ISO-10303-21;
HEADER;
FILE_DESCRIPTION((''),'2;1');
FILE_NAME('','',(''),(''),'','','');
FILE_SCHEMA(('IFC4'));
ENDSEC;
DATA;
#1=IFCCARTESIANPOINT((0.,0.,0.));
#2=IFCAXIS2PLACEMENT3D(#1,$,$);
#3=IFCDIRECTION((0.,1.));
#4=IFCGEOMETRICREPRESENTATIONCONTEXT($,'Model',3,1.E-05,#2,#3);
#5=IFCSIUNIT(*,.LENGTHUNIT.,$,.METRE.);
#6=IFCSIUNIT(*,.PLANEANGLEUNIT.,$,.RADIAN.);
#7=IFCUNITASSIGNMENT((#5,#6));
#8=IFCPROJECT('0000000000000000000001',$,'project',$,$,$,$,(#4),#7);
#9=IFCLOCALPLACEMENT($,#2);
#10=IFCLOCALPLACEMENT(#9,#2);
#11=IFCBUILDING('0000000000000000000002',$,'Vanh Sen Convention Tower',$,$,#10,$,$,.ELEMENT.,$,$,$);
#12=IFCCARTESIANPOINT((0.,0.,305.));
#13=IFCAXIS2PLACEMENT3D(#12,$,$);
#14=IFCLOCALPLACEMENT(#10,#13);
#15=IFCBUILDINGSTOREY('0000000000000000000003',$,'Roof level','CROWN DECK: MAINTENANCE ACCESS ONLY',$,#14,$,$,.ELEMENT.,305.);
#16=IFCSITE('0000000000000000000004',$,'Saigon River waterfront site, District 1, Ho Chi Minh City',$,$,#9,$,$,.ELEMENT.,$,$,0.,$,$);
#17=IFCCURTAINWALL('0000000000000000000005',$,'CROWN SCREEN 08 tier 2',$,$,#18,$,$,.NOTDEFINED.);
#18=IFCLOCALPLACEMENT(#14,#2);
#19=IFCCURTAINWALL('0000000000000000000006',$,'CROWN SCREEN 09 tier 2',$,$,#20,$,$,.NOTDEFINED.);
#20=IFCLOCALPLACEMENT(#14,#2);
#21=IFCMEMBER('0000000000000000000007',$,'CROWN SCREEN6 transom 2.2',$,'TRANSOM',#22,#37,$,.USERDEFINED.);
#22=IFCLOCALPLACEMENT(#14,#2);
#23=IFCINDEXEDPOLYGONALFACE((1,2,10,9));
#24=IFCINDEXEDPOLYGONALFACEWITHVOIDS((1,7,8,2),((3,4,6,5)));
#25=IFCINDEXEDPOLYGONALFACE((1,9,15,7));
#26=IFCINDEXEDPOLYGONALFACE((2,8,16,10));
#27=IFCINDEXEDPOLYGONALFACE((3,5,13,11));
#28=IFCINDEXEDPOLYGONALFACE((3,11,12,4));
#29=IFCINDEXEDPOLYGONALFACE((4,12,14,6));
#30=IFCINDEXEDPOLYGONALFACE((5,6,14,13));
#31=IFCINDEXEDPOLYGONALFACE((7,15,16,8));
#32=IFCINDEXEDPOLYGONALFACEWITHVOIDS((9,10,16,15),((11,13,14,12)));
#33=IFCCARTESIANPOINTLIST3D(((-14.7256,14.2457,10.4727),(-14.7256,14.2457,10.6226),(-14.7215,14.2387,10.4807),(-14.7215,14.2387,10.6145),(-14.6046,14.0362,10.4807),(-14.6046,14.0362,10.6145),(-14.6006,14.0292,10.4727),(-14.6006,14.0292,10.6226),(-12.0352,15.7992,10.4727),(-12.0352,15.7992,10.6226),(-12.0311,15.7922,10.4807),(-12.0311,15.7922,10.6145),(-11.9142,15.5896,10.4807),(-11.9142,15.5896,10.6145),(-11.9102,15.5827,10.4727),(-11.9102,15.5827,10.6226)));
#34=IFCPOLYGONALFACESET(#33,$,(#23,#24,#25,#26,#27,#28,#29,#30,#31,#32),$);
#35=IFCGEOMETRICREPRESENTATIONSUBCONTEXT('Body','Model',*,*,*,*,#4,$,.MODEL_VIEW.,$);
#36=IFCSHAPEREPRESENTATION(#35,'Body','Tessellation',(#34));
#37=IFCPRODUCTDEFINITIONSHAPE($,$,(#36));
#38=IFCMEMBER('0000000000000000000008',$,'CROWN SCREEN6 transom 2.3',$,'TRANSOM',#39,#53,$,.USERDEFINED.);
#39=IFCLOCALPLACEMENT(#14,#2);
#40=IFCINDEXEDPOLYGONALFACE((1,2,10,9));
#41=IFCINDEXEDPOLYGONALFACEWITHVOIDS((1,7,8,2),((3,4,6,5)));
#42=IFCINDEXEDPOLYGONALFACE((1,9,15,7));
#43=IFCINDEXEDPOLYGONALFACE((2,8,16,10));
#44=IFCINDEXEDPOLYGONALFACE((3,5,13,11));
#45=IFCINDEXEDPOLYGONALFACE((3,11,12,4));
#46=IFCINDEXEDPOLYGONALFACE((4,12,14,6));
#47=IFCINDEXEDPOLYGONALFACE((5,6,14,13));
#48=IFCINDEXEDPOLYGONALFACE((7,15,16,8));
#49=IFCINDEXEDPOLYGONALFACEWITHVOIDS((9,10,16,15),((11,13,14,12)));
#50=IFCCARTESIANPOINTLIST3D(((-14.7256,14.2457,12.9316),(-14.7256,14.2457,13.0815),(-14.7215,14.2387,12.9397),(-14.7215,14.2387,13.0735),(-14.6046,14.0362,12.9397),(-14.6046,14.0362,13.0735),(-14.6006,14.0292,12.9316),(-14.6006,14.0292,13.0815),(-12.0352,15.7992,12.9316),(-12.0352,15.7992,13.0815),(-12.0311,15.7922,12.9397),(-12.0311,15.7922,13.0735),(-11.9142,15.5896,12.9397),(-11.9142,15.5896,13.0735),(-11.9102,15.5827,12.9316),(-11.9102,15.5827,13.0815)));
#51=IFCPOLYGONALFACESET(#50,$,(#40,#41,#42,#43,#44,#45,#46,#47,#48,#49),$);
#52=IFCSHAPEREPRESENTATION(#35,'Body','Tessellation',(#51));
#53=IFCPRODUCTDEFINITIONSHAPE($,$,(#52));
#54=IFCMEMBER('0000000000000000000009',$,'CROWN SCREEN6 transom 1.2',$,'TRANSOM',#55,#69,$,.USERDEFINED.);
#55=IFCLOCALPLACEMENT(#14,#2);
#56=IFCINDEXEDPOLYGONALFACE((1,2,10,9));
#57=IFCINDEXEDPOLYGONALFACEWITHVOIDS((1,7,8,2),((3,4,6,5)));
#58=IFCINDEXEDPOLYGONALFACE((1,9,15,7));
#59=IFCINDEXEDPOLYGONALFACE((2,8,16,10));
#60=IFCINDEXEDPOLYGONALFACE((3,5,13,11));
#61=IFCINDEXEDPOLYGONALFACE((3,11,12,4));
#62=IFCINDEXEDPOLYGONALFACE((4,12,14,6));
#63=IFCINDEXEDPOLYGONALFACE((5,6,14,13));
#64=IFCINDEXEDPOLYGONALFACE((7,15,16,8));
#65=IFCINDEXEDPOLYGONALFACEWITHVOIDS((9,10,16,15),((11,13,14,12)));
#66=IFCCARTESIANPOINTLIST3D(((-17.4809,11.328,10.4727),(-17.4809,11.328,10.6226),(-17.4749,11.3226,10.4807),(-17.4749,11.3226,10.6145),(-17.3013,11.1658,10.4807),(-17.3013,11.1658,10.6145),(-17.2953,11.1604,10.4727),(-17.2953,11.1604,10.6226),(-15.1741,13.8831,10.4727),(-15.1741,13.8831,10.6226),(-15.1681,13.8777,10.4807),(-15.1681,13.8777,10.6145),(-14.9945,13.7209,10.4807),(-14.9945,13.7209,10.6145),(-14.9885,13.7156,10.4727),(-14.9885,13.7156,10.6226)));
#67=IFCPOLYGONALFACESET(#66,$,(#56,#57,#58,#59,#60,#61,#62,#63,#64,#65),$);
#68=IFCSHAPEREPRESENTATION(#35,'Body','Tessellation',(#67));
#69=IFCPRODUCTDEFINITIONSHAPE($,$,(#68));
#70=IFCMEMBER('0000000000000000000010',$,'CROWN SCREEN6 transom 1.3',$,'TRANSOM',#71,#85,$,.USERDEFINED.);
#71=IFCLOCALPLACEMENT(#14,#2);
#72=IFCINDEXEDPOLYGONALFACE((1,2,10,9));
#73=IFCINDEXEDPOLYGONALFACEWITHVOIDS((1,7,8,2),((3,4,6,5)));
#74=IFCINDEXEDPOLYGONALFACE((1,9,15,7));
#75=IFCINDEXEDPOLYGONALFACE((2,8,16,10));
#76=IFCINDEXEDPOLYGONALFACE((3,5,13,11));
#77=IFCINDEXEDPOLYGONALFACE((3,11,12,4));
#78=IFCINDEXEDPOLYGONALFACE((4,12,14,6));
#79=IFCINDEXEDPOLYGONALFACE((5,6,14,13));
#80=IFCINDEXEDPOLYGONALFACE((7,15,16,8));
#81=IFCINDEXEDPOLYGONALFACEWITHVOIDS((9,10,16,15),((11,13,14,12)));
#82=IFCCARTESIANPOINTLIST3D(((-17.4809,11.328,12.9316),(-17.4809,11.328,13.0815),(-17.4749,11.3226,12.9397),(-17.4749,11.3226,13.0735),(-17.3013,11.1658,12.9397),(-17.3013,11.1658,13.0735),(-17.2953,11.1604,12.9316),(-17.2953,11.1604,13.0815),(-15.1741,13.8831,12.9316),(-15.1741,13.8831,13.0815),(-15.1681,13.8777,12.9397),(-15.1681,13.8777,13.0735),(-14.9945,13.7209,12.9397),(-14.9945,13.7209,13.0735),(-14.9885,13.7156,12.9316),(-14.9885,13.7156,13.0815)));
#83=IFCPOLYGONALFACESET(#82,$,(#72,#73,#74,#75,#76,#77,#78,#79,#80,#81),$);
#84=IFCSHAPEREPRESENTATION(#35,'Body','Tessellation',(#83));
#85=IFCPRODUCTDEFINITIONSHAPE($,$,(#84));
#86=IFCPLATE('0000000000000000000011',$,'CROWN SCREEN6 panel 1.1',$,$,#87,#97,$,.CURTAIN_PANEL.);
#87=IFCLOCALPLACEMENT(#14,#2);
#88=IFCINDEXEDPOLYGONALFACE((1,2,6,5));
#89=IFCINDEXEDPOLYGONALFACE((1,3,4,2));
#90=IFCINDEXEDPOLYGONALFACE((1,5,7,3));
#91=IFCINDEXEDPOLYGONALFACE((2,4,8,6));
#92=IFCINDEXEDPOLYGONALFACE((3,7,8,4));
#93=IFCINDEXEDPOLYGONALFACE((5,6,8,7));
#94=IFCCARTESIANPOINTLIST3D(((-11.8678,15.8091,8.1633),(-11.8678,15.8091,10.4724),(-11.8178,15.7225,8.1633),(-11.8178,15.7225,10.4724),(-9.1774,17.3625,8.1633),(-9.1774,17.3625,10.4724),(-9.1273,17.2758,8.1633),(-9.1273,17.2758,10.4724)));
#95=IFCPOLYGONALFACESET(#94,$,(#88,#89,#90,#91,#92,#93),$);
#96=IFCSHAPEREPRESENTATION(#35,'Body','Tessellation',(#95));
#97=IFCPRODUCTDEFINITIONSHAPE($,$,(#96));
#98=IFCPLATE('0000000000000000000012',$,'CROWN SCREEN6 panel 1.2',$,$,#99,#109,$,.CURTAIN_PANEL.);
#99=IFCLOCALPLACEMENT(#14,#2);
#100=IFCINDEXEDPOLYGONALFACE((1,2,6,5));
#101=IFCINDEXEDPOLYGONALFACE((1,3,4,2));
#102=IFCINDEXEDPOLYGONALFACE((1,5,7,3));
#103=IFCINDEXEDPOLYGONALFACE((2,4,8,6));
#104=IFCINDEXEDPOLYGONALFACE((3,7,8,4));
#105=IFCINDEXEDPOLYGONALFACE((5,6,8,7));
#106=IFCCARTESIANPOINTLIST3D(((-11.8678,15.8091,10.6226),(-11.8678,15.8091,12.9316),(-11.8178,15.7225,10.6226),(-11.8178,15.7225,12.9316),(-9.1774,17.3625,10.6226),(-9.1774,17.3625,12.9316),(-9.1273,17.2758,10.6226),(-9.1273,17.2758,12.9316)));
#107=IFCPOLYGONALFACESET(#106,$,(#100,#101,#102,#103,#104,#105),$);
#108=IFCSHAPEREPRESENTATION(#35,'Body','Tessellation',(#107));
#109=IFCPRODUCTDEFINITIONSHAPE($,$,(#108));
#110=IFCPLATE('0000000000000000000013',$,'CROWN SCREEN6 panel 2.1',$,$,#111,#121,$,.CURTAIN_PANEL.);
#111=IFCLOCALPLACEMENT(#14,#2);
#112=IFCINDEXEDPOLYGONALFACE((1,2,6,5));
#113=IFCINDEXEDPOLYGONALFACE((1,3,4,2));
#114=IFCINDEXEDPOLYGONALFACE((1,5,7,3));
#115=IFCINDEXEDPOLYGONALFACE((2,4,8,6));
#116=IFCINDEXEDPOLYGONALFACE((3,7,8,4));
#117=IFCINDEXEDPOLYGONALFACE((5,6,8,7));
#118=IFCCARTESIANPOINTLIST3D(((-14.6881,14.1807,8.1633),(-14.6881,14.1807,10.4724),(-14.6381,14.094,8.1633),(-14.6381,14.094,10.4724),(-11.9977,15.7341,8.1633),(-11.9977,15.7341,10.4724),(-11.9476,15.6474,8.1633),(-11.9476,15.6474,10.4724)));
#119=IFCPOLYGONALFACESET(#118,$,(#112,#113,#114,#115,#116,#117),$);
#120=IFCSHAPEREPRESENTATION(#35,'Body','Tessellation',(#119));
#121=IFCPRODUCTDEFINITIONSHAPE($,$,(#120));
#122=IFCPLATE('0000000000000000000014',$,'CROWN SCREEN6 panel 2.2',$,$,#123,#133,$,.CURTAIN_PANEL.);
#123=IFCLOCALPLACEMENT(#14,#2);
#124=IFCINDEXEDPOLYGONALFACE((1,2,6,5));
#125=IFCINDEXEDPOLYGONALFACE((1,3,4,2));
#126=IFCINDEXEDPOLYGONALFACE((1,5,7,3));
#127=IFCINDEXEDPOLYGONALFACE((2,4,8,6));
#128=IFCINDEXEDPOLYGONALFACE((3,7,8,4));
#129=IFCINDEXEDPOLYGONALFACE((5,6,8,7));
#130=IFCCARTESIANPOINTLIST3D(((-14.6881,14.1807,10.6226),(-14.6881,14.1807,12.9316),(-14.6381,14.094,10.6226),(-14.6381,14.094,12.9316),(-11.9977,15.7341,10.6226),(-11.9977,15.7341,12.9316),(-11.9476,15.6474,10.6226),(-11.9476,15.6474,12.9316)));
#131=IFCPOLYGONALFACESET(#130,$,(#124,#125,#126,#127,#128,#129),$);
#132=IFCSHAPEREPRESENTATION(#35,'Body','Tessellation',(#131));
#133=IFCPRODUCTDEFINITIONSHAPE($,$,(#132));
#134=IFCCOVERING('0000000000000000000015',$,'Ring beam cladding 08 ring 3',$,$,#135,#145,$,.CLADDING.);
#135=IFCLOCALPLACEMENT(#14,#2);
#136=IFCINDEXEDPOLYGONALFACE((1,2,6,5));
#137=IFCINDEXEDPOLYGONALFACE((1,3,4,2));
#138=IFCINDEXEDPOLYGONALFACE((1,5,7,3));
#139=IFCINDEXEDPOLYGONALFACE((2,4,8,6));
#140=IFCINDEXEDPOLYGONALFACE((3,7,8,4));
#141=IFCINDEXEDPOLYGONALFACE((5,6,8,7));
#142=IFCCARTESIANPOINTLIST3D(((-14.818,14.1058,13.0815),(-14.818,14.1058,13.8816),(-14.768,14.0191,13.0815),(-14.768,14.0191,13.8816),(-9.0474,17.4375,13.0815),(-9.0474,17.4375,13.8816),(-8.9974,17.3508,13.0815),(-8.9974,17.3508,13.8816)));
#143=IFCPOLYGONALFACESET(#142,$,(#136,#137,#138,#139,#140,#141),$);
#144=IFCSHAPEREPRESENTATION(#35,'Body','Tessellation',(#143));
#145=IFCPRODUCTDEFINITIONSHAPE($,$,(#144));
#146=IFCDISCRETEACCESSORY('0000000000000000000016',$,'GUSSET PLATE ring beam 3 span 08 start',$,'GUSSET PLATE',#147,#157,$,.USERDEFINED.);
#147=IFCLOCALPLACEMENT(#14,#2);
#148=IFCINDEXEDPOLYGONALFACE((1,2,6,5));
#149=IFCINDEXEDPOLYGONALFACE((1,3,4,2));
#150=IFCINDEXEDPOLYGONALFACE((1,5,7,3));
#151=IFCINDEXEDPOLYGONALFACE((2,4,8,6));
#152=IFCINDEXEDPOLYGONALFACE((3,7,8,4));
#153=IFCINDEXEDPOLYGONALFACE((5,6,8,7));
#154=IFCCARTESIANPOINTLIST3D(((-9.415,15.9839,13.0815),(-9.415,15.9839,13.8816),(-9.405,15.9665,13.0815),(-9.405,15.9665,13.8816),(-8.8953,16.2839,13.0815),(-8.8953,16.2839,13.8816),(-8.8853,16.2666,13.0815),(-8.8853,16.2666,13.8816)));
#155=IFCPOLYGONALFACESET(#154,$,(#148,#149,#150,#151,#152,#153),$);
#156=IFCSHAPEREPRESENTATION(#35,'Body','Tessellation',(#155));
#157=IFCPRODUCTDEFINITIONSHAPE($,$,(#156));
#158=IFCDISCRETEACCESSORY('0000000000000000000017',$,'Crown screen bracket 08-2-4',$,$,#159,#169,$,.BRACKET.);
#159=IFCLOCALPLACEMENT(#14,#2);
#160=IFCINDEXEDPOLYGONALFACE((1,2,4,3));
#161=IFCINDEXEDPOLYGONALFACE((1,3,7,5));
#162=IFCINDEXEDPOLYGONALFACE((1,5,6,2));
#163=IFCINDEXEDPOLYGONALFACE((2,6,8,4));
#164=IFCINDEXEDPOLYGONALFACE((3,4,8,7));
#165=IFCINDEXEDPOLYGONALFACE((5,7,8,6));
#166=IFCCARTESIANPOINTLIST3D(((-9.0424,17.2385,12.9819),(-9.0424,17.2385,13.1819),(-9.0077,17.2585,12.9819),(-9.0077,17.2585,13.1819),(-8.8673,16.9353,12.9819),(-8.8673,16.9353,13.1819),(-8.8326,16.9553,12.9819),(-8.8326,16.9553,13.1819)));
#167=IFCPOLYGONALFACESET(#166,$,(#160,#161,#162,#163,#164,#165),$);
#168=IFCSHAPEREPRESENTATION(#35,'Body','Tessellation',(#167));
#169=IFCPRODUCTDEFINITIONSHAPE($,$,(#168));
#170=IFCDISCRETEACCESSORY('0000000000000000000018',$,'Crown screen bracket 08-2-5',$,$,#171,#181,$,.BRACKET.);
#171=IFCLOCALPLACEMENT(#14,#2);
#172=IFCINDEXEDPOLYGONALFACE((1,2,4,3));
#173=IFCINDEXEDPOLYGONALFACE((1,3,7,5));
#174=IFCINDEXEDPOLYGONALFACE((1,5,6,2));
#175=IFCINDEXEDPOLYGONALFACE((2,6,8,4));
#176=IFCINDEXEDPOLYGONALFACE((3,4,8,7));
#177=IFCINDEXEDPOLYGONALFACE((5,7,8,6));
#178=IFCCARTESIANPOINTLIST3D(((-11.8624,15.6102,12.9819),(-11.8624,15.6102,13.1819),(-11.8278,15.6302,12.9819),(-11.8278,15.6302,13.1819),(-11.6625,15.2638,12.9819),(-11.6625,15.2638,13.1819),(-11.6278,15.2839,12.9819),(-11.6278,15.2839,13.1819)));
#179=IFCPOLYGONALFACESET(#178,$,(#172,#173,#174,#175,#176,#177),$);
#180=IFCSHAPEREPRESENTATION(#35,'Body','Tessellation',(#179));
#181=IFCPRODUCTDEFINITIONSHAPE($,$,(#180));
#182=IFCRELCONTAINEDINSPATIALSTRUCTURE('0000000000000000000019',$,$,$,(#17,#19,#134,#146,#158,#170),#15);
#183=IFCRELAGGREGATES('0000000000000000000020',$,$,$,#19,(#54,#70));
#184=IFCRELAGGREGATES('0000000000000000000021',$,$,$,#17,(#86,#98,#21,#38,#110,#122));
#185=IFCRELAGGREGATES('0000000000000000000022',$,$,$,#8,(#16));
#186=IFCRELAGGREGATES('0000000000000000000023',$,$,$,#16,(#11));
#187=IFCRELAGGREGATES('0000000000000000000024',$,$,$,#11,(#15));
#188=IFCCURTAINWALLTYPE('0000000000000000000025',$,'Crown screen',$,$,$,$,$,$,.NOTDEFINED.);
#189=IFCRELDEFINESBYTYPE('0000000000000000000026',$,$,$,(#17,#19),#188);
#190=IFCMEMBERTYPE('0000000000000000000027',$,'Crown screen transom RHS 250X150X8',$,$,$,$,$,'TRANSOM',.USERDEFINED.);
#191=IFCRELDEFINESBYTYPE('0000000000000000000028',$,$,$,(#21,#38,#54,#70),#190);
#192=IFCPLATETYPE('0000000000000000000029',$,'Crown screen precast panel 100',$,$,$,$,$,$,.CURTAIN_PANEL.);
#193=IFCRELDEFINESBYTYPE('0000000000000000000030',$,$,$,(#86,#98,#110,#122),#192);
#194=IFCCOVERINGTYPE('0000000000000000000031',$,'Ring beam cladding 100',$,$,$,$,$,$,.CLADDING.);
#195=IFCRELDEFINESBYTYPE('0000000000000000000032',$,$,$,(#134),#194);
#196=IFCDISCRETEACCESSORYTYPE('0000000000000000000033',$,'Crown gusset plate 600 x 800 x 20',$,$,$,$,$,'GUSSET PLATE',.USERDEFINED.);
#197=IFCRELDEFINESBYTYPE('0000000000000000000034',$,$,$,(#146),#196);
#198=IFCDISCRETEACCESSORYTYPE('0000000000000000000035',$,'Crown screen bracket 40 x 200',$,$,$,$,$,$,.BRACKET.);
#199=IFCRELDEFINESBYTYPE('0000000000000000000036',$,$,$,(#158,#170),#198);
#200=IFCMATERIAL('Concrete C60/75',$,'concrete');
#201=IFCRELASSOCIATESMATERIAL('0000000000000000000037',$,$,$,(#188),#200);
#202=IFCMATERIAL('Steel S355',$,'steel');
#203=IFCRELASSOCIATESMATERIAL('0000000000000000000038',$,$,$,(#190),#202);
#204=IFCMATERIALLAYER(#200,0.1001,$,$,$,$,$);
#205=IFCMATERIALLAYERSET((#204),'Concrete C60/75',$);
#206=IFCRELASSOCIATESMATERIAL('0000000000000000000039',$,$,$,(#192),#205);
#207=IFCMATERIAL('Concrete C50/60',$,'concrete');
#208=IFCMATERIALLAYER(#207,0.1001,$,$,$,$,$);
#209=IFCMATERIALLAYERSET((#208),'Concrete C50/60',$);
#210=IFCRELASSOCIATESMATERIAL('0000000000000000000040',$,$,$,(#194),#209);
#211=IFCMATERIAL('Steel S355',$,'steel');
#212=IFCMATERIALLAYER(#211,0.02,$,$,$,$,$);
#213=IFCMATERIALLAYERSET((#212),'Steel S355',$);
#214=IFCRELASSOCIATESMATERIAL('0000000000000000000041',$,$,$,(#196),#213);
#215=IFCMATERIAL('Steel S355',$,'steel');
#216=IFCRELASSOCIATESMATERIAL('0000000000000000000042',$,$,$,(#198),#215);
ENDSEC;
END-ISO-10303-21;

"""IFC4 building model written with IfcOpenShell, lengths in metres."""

from ifc_helpers import new_model, si_unit, direction, frame, origin, origin_2d, place, context, subcontext, project, spatial, rectangle, hollow_rectangle, extrude, material, layer, layer_set, material_profile, profile_set, type_object, element, aggregate, save


model = new_model("IFC4")

# Units and contexts
model_context = context("Model", 3, precision=1e-05, world=origin(), true_north=direction((0.0, 1.0)))
body_context = subcontext(model_context, "Body", "Model", "MODEL_VIEW")
ifc_project = project(units=[si_unit("LENGTHUNIT", "METRE"), si_unit("PLANEANGLEUNIT", "RADIAN")], contexts=[model_context])

# Site, building, storey
site_placement = place(None, origin())
site = spatial("IfcSite", under=ifc_project, at=site_placement, Name="Saigon River waterfront site, District 1, Ho Chi Minh City", CompositionType="ELEMENT", RefElevation=0.0)
building_placement = place(site_placement, origin())
building = spatial("IfcBuilding", under=site, at=building_placement, Name="Vanh Sen Convention Tower", CompositionType="ELEMENT")
storey_placement = place(building_placement, frame((0.0, 0.0, 305.0)))
storey = spatial("IfcBuildingStorey", under=building, at=storey_placement, Name="Roof level", Description="CROWN DECK: MAINTENANCE ACCESS ONLY", CompositionType="ELEMENT", Elevation=305.0)

# Shared definitions
ifc_material_1 = material(Name="Concrete C60/75", Category="concrete")
curtain_wall_type = type_object("IfcCurtainWallType", Name="Crown screen", PredefinedType="NOTDEFINED", material=ifc_material_1)
ifc_material_2 = material(Name="Steel S355", Category="steel")

# Curtain wall
curtain_wall_1_placement = place(storey_placement, origin())
curtain_wall_1 = element("IfcCurtainWall", 1, at=curtain_wall_1_placement, inside=storey, type_object=curtain_wall_type, Name="CROWN SCREEN 08 tier 2", PredefinedType="NOTDEFINED")

# Curtain wall
curtain_wall_2_placement = place(storey_placement, origin())
curtain_wall_2 = element("IfcCurtainWall", 2, at=curtain_wall_2_placement, inside=storey, type_object=curtain_wall_type, Name="CROWN SCREEN 09 tier 2", PredefinedType="NOTDEFINED")

# Members
ifc_material_profile_1 = material_profile(ifc_material_2, hollow_rectangle(XDim=0.25, YDim=0.1499, WallThickness=0.0081, at=origin_2d()), Name="RHS 250X150X8")
ifc_profile_set_1 = profile_set([ifc_material_profile_1], Name="Steel S355")
member_type_1 = type_object("IfcMemberType", Name="Crown screen transom RHS 250X150X8", ElementType="TRANSOM", PredefinedType="USERDEFINED", material=ifc_profile_set_1)
member_1_placement = place(storey_placement, frame((-11.9727, 15.6909, 10.5476), z_axis=(-0.866005, -0.500035, 0.0), x_axis=(0.500035, -0.866005, 0.0)))
member_1 = element("IfcMember", 3, at=member_1_placement, type_object=member_type_1, Name="CROWN SCREEN6 transom 2.2", ObjectType="TRANSOM", PredefinedType="USERDEFINED", context=body_context, shape_type="SweptSolid", body=[
    extrude(hollow_rectangle(XDim=0.25, YDim=0.1499, WallThickness=0.0081, at=origin_2d()), origin(), (0.0, 0.0, 1.0), 3.1067),
])
member_2_placement = place(storey_placement, frame((-11.9727, 15.6909, 13.0066), z_axis=(-0.866005, -0.500035, 0.0), x_axis=(0.500035, -0.866005, 0.0)))
member_2 = element("IfcMember", 4, at=member_2_placement, type_object=member_type_1, Name="CROWN SCREEN6 transom 2.3", ObjectType="TRANSOM", PredefinedType="USERDEFINED", context=body_context, shape_type="SweptSolid", body=[
    extrude(hollow_rectangle(XDim=0.25, YDim=0.1499, WallThickness=0.0081, at=origin_2d()), origin(), (0.0, 0.0, 1.0), 3.1067),
])
member_3_placement = place(storey_placement, frame((-15.0813, 13.7993, 10.5476), z_axis=(-0.670124, -0.742249, 0.0), x_axis=(0.742249, -0.670124, 0.0)))
member_3 = element("IfcMember", 5, at=member_3_placement, type_object=member_type_1, Name="CROWN SCREEN6 transom 1.2", ObjectType="TRANSOM", PredefinedType="USERDEFINED", context=body_context, shape_type="SweptSolid", body=[
    extrude(hollow_rectangle(XDim=0.25, YDim=0.1499, WallThickness=0.0081, at=origin_2d()), origin(), (0.0, 0.0, 1.0), 3.4424),
])
member_4_placement = place(storey_placement, frame((-15.0813, 13.7993, 13.0066), z_axis=(-0.670124, -0.742249, 0.0), x_axis=(0.742249, -0.670124, 0.0)))
member_4 = element("IfcMember", 6, at=member_4_placement, type_object=member_type_1, Name="CROWN SCREEN6 transom 1.3", ObjectType="TRANSOM", PredefinedType="USERDEFINED", context=body_context, shape_type="SweptSolid", body=[
    extrude(hollow_rectangle(XDim=0.25, YDim=0.1499, WallThickness=0.0081, at=origin_2d()), origin(), (0.0, 0.0, 1.0), 3.4424),
])
aggregate(curtain_wall_2, [member_3, member_4])

# Plates
ifc_layer_1 = layer(ifc_material_1, 0.1001)
ifc_layer_set_1 = layer_set([ifc_layer_1], Name="Concrete C60/75")
plate_type = type_object("IfcPlateType", Name="Crown screen precast panel 100", PredefinedType="CURTAIN_PANEL", material=ifc_layer_set_1)
plate_1_placement = place(storey_placement, frame((-10.4976, 16.5425, 8.1633), z_axis=(0.0, 0.0, 1.0), x_axis=(-0.866023, -0.500005, 0.0)))
plate_1 = element("IfcPlate", 7, at=plate_1_placement, type_object=plate_type, Name="CROWN SCREEN6 panel 1.1", PredefinedType="CURTAIN_PANEL", context=body_context, shape_type="SweptSolid", body=[
    extrude(rectangle(XDim=3.1067, YDim=0.1001, at=origin_2d()), origin(), (0.0, 0.0, 1.0), 2.3091),
])
plate_2_placement = place(storey_placement, frame((-10.4976, 16.5425, 10.6226), z_axis=(0.0, 0.0, 1.0), x_axis=(-0.866023, -0.500005, 0.0)))
plate_2 = element("IfcPlate", 8, at=plate_2_placement, type_object=plate_type, Name="CROWN SCREEN6 panel 1.2", PredefinedType="CURTAIN_PANEL", context=body_context, shape_type="SweptSolid", body=[
    extrude(rectangle(XDim=3.1067, YDim=0.1001, at=origin_2d()), origin(), (0.0, 0.0, 1.0), 2.3091),
])
plate_3_placement = place(storey_placement, frame((-13.3179, 14.9141, 8.1633), z_axis=(0.0, 0.0, 1.0), x_axis=(-0.866023, -0.500005, 0.0)))
plate_3 = element("IfcPlate", 9, at=plate_3_placement, type_object=plate_type, Name="CROWN SCREEN6 panel 2.1", PredefinedType="CURTAIN_PANEL", context=body_context, shape_type="SweptSolid", body=[
    extrude(rectangle(XDim=3.1067, YDim=0.1001, at=origin_2d()), origin(), (0.0, 0.0, 1.0), 2.3091),
])
plate_4_placement = place(storey_placement, frame((-13.3179, 14.9141, 10.6226), z_axis=(0.0, 0.0, 1.0), x_axis=(-0.866023, -0.500005, 0.0)))
plate_4 = element("IfcPlate", 10, at=plate_4_placement, type_object=plate_type, Name="CROWN SCREEN6 panel 2.2", PredefinedType="CURTAIN_PANEL", context=body_context, shape_type="SweptSolid", body=[
    extrude(rectangle(XDim=3.1067, YDim=0.1001, at=origin_2d()), origin(), (0.0, 0.0, 1.0), 2.3091),
])
aggregate(curtain_wall_1, [plate_1, plate_2, member_1, member_2, plate_3, plate_4])

# Covering
ifc_material_3 = material(Name="Concrete C50/60", Category="concrete")
ifc_layer_2 = layer(ifc_material_3, 0.1001)
ifc_layer_set_2 = layer_set([ifc_layer_2], Name="Concrete C50/60")
covering_type = type_object("IfcCoveringType", Name="Ring beam cladding 100", PredefinedType="CLADDING", material=ifc_layer_set_2)
covering_placement = place(storey_placement, frame((-11.9077, 15.7283, 13.0815), z_axis=(0.0, 0.0, 1.0), x_axis=(-0.866023, -0.500005, 0.0)))
element("IfcCovering", 11, at=covering_placement, inside=storey, type_object=covering_type, Name="Ring beam cladding 08 ring 3", PredefinedType="CLADDING", context=body_context, shape_type="SweptSolid", body=[
    extrude(rectangle(XDim=6.6633, YDim=0.1001, at=origin_2d()), origin(), (0.0, 0.0, 1.0), 0.8),
])

# Discrete accessories
ifc_material_4 = material(Name="Steel S355", Category="steel")
ifc_layer_3 = layer(ifc_material_4, 0.02)
ifc_layer_set_3 = layer_set([ifc_layer_3], Name="Steel S355")
discrete_accessory_type_1 = type_object("IfcDiscreteAccessoryType", Name="Crown gusset plate 600 x 800 x 20", ElementType="GUSSET PLATE", PredefinedType="USERDEFINED", material=ifc_layer_set_3)
discrete_accessory_1_placement = place(storey_placement, frame((-9.1501, 16.1252, 13.0815), z_axis=(0.0, 0.0, 1.0), x_axis=(-0.866023, -0.500005, 0.0)))
element("IfcDiscreteAccessory", 12, at=discrete_accessory_1_placement, inside=storey, type_object=discrete_accessory_type_1, Name="GUSSET PLATE ring beam 3 span 08 start", ObjectType="GUSSET PLATE", PredefinedType="USERDEFINED", context=body_context, shape_type="SweptSolid", body=[
    extrude(rectangle(XDim=0.6001, YDim=0.02, at=origin_2d()), origin(), (0.0, 0.0, 1.0), 0.8),
])
ifc_material_5 = material(Name="Steel S355", Category="steel")
discrete_accessory_type_2 = type_object("IfcDiscreteAccessoryType", Name="Crown screen bracket 40 x 200", PredefinedType="BRACKET", material=ifc_material_5)
discrete_accessory_2_placement = place(storey_placement, frame((-8.9375, 17.0969, 12.9819), z_axis=(0.0, 0.0, 1.0), x_axis=(-0.500005, 0.866023, 0.0)))
element("IfcDiscreteAccessory", 13, at=discrete_accessory_2_placement, inside=storey, type_object=discrete_accessory_type_2, Name="Crown screen bracket 08-2-4", PredefinedType="BRACKET", context=body_context, shape_type="SweptSolid", body=[
    extrude(rectangle(XDim=0.3501, YDim=0.04, at=origin_2d()), origin(), (0.0, 0.0, 1.0), 0.2),
])
discrete_accessory_3_placement = place(storey_placement, frame((-11.7451, 15.447, 12.9819), z_axis=(0.0, 0.0, 1.0), x_axis=(-0.500005, 0.866023, 0.0)))
element("IfcDiscreteAccessory", 14, at=discrete_accessory_3_placement, inside=storey, type_object=discrete_accessory_type_2, Name="Crown screen bracket 08-2-5", PredefinedType="BRACKET", context=body_context, shape_type="SweptSolid", body=[
    extrude(rectangle(XDim=0.3999, YDim=0.04, at=origin_2d()), origin(), (0.0, 0.0, 1.0), 0.2),
])

save(model, "model.ifc")
